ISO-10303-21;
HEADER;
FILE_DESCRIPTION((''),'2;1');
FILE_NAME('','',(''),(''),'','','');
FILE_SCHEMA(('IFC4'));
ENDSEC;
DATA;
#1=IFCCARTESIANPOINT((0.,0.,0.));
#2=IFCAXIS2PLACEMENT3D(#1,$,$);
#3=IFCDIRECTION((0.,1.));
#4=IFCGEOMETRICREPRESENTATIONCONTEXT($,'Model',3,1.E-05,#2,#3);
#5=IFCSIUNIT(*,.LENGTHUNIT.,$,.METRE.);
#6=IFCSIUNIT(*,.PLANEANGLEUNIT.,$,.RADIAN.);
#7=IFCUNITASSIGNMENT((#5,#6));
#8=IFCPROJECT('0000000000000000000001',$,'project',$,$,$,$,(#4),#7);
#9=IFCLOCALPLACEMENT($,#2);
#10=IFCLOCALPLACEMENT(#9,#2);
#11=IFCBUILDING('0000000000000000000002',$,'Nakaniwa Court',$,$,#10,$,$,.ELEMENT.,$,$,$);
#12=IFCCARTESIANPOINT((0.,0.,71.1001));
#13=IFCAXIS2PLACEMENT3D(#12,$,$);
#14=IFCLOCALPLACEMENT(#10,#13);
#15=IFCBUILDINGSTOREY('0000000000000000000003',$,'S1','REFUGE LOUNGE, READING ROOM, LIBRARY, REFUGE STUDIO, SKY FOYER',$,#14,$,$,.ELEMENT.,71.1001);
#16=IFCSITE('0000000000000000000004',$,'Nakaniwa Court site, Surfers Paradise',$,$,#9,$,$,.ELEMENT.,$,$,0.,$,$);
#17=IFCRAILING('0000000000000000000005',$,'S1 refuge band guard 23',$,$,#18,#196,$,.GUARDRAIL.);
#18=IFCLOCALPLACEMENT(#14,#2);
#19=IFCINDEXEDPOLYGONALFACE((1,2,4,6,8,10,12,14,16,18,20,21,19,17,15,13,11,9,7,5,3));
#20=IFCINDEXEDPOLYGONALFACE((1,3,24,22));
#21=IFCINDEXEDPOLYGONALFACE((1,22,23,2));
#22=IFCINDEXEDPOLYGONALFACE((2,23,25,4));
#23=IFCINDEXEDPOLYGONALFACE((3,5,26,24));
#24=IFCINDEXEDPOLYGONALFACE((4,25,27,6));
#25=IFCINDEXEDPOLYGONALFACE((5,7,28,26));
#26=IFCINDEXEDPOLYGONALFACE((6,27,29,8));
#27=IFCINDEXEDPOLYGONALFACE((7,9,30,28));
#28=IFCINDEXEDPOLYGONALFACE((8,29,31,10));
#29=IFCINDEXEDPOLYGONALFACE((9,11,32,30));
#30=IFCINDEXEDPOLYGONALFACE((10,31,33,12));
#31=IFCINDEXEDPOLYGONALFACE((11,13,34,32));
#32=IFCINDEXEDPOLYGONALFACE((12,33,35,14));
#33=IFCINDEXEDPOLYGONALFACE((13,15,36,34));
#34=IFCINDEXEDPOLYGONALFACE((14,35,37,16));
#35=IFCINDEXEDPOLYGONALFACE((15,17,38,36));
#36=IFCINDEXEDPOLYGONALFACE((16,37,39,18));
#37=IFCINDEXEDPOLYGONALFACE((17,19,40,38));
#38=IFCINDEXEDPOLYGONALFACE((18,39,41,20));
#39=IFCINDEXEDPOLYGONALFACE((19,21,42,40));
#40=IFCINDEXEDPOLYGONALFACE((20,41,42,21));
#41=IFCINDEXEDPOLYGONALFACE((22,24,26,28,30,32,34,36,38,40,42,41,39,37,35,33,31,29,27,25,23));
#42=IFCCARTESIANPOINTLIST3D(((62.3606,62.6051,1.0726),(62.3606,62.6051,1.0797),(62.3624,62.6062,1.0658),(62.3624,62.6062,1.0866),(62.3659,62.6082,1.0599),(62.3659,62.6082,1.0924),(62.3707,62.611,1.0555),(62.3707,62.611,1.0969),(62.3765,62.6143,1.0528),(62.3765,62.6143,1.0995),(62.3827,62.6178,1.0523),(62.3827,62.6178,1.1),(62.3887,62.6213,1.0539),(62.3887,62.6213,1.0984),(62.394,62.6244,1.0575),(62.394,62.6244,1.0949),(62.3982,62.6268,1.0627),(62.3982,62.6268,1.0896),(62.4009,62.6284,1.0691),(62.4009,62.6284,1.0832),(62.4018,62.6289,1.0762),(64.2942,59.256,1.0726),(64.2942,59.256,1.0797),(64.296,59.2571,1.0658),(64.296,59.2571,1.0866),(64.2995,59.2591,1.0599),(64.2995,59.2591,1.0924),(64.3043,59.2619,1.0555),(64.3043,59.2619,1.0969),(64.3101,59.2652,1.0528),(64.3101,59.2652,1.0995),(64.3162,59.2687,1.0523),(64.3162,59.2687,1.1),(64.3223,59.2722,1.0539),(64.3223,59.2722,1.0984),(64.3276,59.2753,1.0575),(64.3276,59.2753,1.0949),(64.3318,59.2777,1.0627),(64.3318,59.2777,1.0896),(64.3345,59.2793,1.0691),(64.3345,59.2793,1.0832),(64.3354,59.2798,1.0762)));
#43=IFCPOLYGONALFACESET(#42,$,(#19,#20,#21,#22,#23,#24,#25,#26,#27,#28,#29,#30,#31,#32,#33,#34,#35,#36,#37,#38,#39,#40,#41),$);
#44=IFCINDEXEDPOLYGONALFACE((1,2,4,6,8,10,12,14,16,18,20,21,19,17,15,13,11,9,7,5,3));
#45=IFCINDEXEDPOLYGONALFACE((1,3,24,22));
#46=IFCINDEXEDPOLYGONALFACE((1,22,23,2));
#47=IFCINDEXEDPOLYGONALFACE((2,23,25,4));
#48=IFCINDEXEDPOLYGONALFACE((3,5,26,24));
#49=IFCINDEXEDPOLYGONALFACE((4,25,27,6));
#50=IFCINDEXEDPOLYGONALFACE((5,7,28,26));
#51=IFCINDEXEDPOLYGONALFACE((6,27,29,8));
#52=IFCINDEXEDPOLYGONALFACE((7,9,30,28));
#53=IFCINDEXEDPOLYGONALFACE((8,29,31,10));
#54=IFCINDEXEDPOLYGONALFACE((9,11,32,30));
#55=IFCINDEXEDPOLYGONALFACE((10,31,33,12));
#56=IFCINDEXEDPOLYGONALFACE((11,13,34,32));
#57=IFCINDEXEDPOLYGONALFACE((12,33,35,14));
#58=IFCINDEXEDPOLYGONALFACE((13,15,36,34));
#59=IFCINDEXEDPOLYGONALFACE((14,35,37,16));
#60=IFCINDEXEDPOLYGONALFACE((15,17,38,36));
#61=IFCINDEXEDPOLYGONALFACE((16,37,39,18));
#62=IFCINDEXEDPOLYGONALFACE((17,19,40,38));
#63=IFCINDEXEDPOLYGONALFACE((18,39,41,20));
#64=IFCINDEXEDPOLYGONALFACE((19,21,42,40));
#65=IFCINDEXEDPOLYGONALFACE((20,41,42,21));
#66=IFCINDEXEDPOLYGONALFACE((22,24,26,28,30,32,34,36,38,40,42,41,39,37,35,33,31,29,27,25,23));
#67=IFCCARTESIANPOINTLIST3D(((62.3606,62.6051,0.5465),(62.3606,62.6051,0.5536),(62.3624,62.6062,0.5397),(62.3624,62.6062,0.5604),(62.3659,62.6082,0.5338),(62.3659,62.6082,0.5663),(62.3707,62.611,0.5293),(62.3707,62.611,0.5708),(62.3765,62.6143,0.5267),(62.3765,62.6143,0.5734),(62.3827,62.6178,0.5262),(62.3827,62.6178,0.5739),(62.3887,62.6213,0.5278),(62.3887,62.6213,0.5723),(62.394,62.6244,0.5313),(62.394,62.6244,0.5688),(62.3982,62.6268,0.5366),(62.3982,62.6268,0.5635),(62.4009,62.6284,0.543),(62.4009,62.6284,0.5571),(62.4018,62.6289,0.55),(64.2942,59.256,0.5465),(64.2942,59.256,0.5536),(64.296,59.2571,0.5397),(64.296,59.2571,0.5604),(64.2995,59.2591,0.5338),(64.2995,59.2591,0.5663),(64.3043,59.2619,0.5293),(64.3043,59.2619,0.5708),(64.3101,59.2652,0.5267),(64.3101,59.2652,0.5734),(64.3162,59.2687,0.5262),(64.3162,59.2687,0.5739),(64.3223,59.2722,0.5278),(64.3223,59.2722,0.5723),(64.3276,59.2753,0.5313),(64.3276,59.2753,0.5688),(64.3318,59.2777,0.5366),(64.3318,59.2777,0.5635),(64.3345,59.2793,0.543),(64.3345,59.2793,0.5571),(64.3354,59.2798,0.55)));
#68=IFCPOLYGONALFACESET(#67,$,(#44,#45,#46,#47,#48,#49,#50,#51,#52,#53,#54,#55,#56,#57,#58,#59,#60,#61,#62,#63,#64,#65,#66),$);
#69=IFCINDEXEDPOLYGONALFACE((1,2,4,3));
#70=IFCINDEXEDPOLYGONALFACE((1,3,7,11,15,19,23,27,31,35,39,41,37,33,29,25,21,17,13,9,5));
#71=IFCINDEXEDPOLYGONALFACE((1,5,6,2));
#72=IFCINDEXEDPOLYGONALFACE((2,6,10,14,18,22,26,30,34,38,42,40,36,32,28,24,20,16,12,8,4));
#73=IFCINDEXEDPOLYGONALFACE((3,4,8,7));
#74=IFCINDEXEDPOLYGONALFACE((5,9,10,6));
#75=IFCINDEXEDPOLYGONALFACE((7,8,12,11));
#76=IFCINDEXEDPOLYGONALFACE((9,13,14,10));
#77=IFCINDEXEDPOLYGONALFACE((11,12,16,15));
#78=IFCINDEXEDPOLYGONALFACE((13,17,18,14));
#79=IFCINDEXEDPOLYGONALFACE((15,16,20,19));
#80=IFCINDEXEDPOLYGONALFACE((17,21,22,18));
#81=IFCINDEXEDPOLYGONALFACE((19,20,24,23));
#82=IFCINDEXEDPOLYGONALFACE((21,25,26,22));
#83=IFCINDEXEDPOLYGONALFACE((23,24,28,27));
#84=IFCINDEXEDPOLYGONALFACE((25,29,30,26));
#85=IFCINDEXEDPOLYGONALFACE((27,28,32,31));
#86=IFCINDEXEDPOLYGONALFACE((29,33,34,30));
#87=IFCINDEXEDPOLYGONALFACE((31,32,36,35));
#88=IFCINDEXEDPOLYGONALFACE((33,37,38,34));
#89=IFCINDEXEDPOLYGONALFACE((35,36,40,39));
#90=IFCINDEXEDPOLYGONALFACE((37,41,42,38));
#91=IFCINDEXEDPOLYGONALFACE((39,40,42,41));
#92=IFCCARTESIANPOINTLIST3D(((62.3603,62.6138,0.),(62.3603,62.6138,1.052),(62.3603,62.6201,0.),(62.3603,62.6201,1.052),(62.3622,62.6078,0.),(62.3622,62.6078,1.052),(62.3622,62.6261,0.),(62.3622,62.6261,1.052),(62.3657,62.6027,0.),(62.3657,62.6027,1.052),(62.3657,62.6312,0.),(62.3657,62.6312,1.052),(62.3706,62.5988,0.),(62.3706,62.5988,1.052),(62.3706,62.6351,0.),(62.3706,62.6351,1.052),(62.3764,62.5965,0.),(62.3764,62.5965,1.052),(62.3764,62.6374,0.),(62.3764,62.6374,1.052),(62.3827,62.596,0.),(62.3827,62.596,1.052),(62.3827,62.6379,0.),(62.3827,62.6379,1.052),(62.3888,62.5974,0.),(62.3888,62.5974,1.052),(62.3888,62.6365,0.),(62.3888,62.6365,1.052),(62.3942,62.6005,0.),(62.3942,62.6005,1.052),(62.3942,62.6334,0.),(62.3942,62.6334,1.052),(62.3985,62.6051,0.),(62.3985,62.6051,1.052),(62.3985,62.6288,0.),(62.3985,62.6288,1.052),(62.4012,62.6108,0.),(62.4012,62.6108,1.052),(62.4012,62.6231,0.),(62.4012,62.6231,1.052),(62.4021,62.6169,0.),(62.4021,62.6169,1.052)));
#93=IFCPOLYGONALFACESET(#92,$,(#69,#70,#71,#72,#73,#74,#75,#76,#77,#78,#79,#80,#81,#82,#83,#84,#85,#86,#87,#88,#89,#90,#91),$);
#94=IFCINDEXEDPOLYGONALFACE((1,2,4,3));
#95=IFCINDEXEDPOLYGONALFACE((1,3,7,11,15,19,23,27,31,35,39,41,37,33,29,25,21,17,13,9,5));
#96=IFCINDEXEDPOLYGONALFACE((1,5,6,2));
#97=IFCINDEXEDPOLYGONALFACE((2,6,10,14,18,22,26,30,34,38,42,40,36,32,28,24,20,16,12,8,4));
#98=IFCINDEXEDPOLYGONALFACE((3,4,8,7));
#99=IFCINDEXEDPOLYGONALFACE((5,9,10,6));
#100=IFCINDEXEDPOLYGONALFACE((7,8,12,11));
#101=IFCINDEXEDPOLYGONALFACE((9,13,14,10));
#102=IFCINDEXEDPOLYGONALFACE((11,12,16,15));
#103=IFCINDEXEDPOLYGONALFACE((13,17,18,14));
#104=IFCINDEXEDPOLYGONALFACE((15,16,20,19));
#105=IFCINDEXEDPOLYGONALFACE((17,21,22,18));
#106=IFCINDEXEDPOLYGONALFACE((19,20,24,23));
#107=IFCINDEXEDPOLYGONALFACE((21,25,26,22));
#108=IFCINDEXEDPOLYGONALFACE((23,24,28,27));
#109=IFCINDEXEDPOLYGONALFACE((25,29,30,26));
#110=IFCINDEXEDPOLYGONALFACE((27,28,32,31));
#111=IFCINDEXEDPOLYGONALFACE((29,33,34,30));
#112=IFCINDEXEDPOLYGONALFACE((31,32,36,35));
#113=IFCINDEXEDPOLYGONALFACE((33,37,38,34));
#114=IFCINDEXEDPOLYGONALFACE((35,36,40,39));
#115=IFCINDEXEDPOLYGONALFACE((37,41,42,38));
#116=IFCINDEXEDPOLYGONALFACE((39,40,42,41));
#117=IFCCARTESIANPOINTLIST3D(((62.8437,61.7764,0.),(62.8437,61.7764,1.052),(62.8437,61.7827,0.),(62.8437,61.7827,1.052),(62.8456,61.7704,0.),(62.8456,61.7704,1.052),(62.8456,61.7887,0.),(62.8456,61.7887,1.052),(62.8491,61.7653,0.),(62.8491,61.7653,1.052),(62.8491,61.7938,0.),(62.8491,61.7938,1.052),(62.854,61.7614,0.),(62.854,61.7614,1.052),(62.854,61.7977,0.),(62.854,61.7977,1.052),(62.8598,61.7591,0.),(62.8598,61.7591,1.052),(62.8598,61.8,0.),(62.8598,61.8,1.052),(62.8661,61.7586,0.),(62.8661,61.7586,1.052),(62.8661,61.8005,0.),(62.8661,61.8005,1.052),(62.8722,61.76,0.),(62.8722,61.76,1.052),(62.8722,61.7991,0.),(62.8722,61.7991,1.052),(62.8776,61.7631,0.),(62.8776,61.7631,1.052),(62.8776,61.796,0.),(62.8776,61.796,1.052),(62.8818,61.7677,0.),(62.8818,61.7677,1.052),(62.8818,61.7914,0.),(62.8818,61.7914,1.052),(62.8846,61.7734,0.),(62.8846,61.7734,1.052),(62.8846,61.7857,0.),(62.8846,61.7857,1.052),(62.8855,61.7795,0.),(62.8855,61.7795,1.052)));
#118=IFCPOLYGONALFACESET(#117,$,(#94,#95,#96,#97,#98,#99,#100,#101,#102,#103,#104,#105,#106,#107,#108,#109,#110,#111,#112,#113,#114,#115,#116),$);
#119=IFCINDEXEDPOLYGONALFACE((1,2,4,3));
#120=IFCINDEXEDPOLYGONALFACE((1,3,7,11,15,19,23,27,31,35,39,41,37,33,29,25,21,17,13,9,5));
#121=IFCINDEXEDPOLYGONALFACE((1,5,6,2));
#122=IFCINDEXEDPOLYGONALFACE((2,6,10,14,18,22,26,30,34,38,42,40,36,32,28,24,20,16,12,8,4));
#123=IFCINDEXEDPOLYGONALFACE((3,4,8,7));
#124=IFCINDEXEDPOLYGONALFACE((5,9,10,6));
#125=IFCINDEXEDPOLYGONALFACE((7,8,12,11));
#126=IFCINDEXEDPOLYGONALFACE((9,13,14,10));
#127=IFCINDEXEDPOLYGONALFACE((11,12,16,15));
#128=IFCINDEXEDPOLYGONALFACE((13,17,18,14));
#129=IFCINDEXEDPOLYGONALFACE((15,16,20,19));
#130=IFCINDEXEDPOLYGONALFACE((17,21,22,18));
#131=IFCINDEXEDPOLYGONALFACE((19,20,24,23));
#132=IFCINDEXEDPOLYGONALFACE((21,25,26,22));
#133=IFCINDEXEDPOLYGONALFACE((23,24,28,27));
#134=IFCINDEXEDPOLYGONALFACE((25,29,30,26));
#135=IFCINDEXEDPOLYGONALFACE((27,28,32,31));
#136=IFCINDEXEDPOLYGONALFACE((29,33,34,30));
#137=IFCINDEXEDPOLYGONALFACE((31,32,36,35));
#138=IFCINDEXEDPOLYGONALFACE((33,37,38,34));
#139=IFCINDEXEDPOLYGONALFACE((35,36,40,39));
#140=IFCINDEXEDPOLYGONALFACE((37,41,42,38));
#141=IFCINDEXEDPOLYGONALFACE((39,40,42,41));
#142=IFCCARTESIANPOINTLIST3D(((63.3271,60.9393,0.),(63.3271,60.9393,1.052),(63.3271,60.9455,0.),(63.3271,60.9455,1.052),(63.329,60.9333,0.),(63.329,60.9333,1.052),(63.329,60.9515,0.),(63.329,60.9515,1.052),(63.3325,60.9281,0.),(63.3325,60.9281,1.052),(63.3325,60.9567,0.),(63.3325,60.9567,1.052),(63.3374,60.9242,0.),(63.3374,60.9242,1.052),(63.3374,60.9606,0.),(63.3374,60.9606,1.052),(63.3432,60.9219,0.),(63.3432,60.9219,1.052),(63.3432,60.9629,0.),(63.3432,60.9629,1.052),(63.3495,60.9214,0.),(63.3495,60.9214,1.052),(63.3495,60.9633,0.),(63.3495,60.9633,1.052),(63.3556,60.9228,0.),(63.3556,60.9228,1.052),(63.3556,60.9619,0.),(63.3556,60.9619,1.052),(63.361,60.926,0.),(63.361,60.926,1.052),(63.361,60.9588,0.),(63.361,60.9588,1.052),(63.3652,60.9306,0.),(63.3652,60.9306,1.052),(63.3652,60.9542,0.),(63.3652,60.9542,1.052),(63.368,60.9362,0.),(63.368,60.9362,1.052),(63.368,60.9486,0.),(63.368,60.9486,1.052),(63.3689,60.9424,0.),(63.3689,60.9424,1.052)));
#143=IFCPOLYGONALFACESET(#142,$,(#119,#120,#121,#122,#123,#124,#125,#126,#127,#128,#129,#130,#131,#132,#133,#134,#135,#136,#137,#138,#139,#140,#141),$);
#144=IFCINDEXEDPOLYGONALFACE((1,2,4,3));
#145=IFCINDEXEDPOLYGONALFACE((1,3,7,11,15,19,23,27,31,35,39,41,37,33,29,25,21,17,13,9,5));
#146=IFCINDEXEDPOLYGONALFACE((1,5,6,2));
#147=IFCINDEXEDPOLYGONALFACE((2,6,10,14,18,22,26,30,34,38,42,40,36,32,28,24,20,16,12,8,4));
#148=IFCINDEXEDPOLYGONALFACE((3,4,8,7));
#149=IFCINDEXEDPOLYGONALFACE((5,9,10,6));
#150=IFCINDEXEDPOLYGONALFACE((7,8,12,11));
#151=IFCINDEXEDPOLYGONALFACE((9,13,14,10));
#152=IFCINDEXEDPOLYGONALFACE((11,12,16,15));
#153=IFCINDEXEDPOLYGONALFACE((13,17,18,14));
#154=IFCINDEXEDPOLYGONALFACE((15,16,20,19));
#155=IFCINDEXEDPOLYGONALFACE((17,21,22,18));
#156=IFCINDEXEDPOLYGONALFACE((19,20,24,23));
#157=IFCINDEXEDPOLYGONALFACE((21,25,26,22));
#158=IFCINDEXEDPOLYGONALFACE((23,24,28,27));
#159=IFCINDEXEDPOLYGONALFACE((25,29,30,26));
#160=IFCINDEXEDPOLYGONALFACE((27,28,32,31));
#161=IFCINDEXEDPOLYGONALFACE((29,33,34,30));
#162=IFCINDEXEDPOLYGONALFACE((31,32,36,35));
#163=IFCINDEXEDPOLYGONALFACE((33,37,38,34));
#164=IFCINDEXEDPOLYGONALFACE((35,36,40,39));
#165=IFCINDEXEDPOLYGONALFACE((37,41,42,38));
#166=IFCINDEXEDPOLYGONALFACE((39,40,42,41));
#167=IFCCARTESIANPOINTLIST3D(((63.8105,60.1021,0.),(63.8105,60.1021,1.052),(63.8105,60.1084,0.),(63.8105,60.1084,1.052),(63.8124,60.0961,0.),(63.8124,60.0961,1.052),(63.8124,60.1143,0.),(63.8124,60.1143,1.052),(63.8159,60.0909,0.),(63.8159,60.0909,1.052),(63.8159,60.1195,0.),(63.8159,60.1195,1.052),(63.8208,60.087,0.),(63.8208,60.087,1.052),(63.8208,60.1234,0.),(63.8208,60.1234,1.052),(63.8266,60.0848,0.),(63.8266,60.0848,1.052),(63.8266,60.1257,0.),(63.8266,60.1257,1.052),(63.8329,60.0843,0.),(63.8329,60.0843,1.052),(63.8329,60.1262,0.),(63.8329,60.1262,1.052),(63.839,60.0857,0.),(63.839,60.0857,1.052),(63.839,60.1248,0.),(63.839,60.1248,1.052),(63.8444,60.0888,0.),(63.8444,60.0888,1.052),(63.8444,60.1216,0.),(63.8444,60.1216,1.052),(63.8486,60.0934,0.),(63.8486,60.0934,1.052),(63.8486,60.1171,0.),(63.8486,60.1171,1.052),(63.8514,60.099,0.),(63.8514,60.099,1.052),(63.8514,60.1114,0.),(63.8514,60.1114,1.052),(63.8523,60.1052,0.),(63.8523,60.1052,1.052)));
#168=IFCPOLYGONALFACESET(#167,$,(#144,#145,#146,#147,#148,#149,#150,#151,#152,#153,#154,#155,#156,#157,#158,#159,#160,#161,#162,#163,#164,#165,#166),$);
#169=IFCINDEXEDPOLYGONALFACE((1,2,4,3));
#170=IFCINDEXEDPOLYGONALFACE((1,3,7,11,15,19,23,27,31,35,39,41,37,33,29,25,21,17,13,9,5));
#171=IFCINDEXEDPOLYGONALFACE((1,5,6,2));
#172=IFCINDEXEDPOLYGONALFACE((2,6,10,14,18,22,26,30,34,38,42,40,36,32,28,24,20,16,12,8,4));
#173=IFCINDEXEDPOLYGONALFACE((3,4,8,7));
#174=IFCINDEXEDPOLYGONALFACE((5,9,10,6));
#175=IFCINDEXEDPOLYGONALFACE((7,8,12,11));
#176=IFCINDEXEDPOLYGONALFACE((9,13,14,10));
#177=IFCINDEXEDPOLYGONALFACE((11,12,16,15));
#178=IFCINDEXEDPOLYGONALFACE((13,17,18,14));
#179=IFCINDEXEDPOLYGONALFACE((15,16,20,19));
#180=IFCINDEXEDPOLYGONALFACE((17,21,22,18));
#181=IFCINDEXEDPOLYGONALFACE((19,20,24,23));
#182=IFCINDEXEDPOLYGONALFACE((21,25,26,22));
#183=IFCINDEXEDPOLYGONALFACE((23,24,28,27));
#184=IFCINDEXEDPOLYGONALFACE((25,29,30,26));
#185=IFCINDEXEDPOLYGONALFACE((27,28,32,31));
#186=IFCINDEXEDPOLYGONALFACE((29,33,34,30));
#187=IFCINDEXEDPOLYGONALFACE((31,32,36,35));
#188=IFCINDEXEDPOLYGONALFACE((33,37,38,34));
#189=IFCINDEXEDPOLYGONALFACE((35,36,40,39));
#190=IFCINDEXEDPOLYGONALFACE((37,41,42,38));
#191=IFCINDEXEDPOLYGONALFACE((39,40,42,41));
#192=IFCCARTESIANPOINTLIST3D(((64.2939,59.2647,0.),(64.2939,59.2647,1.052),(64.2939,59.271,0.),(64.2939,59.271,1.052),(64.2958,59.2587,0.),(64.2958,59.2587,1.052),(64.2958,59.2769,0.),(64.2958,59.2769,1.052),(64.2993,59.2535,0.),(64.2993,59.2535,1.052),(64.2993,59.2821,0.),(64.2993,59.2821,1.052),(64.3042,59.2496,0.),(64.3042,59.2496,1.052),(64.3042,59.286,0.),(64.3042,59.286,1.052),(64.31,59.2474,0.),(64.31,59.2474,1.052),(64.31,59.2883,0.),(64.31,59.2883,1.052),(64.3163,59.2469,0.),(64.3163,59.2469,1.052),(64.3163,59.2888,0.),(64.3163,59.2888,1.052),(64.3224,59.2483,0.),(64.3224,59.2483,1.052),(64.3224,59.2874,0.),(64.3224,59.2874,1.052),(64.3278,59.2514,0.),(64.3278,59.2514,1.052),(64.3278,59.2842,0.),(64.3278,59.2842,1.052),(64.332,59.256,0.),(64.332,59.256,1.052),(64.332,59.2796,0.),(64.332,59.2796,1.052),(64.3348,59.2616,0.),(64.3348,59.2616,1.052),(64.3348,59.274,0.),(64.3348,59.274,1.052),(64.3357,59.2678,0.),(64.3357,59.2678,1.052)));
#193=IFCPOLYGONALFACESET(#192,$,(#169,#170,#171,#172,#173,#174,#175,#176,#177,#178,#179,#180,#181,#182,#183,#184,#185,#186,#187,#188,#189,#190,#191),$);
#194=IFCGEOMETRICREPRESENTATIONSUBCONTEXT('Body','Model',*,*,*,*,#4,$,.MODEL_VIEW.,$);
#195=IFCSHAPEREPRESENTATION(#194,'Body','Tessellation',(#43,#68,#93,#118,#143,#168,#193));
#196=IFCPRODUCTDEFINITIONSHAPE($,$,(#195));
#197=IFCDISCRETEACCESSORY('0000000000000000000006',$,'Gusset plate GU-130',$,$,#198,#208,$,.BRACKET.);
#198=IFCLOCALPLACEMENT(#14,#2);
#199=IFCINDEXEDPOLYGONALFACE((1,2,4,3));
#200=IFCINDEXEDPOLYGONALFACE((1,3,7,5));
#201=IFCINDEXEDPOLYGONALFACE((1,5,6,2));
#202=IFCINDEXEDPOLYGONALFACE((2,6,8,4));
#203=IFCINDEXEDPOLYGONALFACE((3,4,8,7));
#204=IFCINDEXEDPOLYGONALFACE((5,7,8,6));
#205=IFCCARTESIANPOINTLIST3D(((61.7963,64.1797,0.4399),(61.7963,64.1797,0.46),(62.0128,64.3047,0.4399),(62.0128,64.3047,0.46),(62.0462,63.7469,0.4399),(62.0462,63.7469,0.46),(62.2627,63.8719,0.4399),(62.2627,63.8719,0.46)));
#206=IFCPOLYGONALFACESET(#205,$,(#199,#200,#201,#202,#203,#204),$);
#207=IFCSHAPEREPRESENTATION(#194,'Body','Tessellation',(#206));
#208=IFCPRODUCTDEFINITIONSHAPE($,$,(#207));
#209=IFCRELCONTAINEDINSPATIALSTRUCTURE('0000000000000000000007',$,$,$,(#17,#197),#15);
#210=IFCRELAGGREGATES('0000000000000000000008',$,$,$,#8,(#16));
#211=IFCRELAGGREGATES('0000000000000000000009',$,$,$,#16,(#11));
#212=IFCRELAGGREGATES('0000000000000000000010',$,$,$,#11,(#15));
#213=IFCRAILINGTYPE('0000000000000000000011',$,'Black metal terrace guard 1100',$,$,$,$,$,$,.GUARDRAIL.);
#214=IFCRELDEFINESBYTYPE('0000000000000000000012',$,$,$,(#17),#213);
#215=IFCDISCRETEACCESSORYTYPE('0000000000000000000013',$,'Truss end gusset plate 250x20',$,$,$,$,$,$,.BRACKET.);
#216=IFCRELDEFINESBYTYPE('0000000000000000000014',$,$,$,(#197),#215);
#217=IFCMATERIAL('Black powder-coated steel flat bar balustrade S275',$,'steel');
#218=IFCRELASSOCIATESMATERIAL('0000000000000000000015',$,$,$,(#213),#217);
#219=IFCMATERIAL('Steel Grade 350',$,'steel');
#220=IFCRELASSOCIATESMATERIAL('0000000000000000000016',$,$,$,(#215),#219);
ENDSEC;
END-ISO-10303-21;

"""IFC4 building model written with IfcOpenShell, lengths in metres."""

from ifc_helpers import new_model, si_unit, direction, frame, origin, origin_2d, place, context, subcontext, project, spatial, rectangle, circle, extrude, material, material_profile, profile_set, type_object, element, save


model = new_model("IFC4")

# Units and contexts
model_context = context("Model", 3, precision=1e-05, world=origin(), true_north=direction((0.0, 1.0)))
body_context = subcontext(model_context, "Body", "Model", "MODEL_VIEW")
ifc_project = project(units=[si_unit("LENGTHUNIT", "METRE"), si_unit("PLANEANGLEUNIT", "RADIAN")], contexts=[model_context])

# Site, building, storey
site_placement = place(None, origin())
site = spatial("IfcSite", under=ifc_project, at=site_placement, Name="Nakaniwa Court site, Surfers Paradise", CompositionType="ELEMENT", RefElevation=0.0)
building_placement = place(site_placement, origin())
building = spatial("IfcBuilding", under=site, at=building_placement, Name="Nakaniwa Court", CompositionType="ELEMENT")
storey_placement = place(building_placement, frame((0.0, 0.0, 71.1001)))
storey = spatial("IfcBuildingStorey", under=building, at=storey_placement, Name="S1", Description="REFUGE LOUNGE, READING ROOM, LIBRARY, REFUGE STUDIO, SKY FOYER", CompositionType="ELEMENT", Elevation=71.1001)

# Railing
ifc_material_1 = material(Name="Black powder-coated steel flat bar balustrade S275", Category="steel")
railing_type = type_object("IfcRailingType", Name="Black metal terrace guard 1100", PredefinedType="GUARDRAIL", material=ifc_material_1)
railing_1_placement = place(storey_placement, frame((62.3811, 62.6169, 0.0)))
element("IfcRailing", 1, at=railing_1_placement, inside=storey, type_object=railing_type, Name="S1 refuge band guard 23", PredefinedType="GUARDRAIL", context=body_context, shape_type="SweptSolid", body=[
    extrude(circle(Radius=0.0239, at=origin_2d()), frame((0.0, 0.0, 1.0762), z_axis=(0.499996, -0.866028, 0.0), x_axis=(0.866028, 0.499996, 0.0)), (0.0, 0.0, 1.0), 3.8672),
    extrude(circle(Radius=0.0239, at=origin_2d()), frame((0.0, 0.0, 0.55), z_axis=(0.499996, -0.866028, 0.0), x_axis=(0.866028, 0.499996, 0.0)), (0.0, 0.0, 1.0), 3.8672),
    extrude(circle(Radius=0.021, at=origin_2d()), origin(), (0.0, 0.0, 1.0), 1.052),
    extrude(circle(Radius=0.021, at=origin_2d()), frame((0.4834, -0.8374, 0.0)), (0.0, 0.0, 1.0), 1.052),
    extrude(circle(Radius=0.021, at=origin_2d()), frame((0.9668, -1.6746, 0.0)), (0.0, 0.0, 1.0), 1.052),
    extrude(circle(Radius=0.021, at=origin_2d()), frame((1.4502, -2.5117, 0.0)), (0.0, 0.0, 1.0), 1.052),
    extrude(circle(Radius=0.021, at=origin_2d()), frame((1.9336, -3.3491, 0.0)), (0.0, 0.0, 1.0), 1.052),
])

# Discrete accessory
ifc_material_2 = material(Name="Steel Grade 350", Category="steel")
ifc_material_profile_1 = material_profile(ifc_material_2, rectangle(XDim=0.25, YDim=0.02, at=origin_2d()), Name="Truss end gusset plate 250x20")
ifc_profile_set_1 = profile_set([ifc_material_profile_1], Name="Steel Grade 350")
discrete_accessory_type = type_object("IfcDiscreteAccessoryType", Name="Truss end gusset plate 250x20", PredefinedType="BRACKET", material=ifc_profile_set_1)
for number, where, z_axis, x_axis, name in (
    (2, (61.9045, 64.2422, 0.45), (0.500131, -0.86595, 0.0), (0.86595, 0.500131, 0.0), "Gusset plate GU-130"),
):
    element("IfcDiscreteAccessory", number, at=place(storey_placement, frame(where, z_axis=z_axis, x_axis=x_axis)), inside=storey, type_object=discrete_accessory_type, Name=name, PredefinedType="BRACKET", context=body_context, shape_type="SweptSolid", body=[
        extrude(rectangle(XDim=0.25, YDim=0.02, at=origin_2d()), origin(), (0.0, 0.0, 1.0), 0.4998),
    ])

save(model, "model.ifc")
